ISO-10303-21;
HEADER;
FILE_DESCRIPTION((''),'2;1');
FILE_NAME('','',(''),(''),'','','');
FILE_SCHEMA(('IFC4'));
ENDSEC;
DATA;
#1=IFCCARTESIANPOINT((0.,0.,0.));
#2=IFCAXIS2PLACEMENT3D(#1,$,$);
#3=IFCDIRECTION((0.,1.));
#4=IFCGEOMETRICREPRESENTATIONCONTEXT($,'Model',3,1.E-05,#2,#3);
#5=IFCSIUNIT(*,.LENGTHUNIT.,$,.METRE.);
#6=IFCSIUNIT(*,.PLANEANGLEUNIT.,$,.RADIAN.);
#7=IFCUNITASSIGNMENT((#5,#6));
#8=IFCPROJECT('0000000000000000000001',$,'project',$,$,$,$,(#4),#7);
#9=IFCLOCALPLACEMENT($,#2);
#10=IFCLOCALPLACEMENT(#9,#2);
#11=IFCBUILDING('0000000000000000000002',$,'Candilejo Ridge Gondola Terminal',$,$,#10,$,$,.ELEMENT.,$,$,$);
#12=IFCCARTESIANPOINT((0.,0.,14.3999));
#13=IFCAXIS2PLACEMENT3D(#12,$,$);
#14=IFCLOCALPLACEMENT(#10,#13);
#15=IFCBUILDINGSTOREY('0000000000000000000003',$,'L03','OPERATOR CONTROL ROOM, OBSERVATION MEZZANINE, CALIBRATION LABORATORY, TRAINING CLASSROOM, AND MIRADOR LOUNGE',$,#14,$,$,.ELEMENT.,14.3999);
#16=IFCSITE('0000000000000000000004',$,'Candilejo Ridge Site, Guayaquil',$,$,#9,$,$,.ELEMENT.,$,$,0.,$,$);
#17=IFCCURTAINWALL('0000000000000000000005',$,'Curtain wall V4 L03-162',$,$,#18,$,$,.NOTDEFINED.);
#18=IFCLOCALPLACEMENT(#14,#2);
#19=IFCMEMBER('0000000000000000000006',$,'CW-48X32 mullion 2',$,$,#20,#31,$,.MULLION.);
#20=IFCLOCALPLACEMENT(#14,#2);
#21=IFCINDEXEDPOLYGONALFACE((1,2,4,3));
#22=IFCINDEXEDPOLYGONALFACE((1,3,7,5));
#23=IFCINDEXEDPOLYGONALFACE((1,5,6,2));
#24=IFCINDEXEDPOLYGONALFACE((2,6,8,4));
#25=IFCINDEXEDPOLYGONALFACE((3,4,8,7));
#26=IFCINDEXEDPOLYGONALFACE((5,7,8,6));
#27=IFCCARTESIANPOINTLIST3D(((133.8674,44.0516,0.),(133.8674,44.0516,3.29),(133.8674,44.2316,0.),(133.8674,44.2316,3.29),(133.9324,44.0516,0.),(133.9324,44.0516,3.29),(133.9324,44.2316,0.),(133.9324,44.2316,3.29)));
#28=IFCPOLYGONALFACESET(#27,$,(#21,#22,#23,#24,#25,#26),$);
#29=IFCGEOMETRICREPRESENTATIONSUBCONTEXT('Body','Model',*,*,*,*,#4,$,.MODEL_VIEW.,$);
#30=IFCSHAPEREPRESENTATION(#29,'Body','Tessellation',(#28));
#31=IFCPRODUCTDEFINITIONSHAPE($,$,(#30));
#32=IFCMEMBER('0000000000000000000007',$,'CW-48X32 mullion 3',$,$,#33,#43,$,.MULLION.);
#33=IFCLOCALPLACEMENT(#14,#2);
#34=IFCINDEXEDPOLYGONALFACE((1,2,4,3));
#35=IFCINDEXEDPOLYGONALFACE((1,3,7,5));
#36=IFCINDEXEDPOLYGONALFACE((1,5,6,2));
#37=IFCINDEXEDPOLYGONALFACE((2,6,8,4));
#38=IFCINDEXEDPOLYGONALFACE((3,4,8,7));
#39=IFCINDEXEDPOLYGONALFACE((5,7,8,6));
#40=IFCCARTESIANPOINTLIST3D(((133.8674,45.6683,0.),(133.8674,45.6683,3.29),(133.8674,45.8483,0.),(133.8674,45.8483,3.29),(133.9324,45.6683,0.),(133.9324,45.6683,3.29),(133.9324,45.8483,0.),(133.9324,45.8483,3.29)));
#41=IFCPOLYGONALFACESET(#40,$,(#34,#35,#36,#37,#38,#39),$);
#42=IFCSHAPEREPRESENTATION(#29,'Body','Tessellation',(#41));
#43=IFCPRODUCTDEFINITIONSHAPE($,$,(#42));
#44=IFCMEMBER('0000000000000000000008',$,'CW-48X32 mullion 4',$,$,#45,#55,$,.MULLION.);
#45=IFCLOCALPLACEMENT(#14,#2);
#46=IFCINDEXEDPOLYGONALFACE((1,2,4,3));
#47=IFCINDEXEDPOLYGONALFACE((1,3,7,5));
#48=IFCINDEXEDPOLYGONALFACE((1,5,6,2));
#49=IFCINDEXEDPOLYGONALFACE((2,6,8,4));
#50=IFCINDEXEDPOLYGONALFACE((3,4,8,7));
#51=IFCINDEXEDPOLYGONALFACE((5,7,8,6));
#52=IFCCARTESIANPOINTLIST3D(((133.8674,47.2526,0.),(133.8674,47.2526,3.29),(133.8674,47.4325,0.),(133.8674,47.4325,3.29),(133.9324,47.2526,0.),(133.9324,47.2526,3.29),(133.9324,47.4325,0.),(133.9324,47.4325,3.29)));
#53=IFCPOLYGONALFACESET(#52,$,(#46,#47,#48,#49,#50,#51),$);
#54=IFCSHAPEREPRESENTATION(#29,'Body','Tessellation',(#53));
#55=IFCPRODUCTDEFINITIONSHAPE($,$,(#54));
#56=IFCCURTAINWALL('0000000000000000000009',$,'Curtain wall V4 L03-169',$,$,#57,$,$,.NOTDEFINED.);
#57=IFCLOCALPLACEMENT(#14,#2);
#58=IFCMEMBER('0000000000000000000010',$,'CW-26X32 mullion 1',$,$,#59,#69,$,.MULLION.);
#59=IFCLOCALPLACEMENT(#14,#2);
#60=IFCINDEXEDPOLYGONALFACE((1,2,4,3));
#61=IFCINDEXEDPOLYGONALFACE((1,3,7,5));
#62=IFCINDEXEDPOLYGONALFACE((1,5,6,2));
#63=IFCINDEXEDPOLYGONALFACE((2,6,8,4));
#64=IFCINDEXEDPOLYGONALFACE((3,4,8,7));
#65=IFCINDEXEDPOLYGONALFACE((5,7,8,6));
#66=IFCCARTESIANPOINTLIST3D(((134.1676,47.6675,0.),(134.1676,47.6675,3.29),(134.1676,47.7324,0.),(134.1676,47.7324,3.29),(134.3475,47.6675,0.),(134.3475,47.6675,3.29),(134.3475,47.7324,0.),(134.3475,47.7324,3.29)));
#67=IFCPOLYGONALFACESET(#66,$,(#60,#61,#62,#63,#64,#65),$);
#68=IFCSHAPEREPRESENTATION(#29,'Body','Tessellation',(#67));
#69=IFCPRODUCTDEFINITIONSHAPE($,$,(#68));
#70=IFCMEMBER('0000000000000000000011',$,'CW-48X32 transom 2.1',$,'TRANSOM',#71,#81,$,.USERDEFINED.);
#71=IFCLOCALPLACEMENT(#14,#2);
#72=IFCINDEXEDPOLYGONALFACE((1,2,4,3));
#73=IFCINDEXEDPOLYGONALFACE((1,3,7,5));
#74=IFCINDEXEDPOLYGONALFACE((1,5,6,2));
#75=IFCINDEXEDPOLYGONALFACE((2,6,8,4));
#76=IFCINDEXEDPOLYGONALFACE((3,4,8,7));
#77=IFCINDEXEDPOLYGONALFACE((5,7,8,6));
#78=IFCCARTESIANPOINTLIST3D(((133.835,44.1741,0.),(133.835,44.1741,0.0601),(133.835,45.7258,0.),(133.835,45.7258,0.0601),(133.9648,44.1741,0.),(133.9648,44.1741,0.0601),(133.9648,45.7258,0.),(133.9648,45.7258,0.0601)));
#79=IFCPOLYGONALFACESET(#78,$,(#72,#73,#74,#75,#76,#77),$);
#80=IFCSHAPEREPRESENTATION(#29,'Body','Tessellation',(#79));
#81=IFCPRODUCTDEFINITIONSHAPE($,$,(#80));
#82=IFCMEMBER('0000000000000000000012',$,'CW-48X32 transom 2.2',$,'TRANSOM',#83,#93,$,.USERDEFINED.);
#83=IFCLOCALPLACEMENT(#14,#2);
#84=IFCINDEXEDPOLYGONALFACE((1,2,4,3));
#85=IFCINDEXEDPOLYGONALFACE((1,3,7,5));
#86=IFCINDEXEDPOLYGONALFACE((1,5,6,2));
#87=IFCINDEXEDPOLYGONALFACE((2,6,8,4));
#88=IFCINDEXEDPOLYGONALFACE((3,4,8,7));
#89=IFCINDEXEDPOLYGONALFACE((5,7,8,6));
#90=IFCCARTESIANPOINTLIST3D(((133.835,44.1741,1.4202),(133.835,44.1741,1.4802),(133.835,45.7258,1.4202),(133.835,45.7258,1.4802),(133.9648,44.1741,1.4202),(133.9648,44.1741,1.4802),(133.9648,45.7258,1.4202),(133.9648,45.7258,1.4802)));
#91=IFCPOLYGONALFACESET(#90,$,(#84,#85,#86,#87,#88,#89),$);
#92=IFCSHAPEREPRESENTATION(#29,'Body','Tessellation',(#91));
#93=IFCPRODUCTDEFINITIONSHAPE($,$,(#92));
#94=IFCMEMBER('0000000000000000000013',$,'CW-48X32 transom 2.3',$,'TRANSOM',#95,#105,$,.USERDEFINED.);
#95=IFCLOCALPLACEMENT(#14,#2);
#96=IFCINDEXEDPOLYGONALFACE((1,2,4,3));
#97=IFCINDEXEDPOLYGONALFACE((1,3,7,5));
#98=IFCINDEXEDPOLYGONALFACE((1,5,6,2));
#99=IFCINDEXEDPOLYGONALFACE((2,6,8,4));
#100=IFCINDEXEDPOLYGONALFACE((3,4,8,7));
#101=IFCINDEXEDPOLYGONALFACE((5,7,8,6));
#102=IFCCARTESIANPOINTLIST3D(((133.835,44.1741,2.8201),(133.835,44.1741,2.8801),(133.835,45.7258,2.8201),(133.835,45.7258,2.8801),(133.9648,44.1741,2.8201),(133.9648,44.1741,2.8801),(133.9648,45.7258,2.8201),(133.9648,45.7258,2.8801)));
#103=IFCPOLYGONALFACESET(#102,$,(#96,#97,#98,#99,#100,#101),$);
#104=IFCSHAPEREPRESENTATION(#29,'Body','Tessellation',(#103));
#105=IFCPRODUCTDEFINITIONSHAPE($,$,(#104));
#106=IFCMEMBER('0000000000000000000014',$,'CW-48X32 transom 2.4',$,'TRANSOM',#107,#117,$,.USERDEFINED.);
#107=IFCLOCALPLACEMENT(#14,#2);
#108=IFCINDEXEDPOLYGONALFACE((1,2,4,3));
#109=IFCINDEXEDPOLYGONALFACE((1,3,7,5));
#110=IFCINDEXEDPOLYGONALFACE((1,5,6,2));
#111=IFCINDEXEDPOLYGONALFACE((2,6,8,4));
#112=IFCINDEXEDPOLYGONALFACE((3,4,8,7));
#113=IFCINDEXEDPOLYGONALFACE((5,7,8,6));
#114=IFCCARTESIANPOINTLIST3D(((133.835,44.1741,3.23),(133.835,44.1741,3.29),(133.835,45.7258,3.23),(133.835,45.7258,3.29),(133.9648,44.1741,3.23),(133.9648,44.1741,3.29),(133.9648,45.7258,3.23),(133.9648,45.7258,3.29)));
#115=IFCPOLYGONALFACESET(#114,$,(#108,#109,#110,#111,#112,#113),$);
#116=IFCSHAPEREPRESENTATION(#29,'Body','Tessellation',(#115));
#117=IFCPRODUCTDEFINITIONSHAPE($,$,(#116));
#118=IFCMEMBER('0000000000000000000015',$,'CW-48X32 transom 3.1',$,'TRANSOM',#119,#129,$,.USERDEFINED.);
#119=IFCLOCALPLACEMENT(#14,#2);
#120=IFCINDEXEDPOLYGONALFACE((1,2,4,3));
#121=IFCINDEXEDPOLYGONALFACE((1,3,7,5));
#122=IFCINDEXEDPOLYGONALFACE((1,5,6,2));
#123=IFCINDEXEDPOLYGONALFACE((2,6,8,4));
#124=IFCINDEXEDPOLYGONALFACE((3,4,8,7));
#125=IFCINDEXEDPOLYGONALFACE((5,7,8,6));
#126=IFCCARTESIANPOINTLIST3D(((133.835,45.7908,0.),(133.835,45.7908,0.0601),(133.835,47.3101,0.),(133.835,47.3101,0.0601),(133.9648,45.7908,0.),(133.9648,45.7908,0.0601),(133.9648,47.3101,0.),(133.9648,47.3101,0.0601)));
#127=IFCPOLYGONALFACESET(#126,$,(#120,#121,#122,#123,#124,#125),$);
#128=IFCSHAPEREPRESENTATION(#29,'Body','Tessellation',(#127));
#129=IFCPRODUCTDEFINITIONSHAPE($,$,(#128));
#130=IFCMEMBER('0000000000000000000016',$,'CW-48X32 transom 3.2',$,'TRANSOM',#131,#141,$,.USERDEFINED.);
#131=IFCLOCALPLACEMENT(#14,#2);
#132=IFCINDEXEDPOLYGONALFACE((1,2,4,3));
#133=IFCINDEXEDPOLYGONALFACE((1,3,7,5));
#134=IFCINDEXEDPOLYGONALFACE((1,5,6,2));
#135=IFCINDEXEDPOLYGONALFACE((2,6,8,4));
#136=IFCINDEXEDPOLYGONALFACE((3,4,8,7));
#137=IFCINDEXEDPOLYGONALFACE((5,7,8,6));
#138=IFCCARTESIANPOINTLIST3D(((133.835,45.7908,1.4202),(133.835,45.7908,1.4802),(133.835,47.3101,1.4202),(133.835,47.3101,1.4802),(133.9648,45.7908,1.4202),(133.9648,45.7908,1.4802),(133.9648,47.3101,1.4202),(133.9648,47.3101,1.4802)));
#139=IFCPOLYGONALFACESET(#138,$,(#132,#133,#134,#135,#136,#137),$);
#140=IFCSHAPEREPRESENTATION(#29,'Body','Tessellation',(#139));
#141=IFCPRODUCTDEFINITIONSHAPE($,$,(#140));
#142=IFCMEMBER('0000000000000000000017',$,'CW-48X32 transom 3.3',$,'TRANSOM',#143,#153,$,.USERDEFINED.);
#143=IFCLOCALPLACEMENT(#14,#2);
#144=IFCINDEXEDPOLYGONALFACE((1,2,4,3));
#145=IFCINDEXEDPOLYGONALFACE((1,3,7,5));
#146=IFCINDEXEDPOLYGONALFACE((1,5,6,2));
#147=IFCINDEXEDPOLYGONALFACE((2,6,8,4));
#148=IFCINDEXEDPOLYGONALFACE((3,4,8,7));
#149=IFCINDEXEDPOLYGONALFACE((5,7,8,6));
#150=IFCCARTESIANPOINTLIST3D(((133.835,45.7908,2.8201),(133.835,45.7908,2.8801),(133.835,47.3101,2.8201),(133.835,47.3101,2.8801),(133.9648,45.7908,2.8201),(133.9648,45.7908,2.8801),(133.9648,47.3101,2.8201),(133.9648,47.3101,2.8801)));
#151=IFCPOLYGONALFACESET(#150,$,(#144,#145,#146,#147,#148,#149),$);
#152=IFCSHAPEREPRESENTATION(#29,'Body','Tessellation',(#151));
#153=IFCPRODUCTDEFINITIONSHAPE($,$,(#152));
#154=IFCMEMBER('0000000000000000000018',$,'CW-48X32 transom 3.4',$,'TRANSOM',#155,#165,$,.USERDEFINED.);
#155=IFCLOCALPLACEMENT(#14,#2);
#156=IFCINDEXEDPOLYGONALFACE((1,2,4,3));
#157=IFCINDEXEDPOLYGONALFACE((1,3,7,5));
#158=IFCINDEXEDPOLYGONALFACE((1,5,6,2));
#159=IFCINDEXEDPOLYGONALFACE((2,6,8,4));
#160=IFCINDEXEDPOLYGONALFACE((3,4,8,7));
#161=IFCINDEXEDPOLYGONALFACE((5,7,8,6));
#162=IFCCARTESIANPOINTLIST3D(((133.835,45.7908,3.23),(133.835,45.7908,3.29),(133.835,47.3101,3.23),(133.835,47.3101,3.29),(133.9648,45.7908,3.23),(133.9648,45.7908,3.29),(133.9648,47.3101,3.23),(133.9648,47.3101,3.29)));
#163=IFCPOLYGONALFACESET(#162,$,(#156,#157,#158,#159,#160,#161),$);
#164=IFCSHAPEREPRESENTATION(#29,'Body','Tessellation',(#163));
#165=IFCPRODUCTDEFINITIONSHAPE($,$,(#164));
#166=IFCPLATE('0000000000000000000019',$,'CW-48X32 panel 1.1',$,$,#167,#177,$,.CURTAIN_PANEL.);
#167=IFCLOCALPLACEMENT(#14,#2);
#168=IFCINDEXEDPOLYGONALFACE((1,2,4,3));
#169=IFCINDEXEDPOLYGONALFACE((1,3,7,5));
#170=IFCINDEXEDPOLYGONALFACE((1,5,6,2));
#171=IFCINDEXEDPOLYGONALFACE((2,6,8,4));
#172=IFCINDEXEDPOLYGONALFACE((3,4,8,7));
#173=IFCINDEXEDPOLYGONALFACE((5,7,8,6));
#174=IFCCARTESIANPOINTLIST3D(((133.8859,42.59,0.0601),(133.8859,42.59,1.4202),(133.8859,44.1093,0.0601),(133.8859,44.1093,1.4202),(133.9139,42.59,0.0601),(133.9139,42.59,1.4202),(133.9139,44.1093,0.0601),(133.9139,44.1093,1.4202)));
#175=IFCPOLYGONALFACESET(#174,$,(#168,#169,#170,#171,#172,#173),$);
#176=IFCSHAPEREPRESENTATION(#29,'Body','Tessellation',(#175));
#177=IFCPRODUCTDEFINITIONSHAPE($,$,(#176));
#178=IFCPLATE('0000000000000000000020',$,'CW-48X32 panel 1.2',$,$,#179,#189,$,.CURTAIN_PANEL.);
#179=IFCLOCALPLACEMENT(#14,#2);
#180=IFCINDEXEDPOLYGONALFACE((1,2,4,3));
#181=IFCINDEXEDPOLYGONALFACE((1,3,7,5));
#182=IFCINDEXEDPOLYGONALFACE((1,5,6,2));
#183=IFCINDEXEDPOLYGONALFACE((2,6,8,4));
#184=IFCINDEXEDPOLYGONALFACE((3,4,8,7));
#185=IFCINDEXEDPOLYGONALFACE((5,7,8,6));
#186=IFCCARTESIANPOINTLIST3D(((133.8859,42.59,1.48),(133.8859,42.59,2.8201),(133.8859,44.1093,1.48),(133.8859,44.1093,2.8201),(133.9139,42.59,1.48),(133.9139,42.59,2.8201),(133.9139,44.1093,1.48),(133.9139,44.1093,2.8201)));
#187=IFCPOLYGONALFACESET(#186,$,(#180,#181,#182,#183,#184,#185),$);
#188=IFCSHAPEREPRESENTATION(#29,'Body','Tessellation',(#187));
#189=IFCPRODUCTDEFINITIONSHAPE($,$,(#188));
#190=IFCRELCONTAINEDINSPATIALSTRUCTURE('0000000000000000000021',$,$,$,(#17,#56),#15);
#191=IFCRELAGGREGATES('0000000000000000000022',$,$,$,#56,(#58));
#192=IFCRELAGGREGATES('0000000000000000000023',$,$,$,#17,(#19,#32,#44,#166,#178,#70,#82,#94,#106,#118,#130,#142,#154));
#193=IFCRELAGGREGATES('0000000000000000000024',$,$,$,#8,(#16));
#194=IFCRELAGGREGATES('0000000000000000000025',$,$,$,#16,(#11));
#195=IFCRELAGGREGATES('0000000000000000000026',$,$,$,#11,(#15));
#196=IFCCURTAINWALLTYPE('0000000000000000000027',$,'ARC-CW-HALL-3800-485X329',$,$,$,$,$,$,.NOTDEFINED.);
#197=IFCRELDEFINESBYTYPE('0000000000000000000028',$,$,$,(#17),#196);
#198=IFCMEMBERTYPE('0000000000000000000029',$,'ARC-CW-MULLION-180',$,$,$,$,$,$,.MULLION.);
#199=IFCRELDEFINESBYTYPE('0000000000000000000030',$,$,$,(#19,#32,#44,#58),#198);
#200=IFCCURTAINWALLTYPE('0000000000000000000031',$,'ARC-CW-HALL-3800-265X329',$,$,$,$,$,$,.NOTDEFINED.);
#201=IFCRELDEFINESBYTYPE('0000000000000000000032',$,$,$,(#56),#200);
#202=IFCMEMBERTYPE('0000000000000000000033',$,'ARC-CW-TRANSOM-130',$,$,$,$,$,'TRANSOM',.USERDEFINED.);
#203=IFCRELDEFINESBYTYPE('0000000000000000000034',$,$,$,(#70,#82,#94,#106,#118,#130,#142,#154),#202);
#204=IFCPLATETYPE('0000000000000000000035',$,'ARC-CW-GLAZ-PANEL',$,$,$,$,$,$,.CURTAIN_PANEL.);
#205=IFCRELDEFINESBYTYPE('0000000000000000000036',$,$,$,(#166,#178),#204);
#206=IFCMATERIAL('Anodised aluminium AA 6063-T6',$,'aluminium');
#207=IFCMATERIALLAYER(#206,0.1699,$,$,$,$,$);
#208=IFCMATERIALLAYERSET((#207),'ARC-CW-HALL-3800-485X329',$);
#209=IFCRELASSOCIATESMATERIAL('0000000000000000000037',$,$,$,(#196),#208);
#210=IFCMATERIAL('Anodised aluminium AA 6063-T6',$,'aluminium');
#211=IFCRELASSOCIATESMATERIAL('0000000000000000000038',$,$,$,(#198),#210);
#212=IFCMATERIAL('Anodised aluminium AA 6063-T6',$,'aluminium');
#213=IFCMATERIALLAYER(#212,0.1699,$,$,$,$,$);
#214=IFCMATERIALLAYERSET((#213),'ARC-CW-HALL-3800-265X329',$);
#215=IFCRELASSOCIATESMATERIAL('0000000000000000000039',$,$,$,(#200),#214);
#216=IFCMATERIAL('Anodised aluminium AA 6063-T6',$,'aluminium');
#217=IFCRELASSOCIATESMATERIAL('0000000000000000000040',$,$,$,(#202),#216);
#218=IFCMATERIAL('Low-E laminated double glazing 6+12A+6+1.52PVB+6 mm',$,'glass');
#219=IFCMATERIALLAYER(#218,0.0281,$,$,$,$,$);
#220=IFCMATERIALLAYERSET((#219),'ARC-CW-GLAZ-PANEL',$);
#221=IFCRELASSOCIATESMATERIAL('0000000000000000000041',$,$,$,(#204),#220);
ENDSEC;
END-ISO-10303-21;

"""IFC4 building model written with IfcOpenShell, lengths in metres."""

from ifc_helpers import new_model, si_unit, direction, frame, origin, origin_2d, place, context, subcontext, project, spatial, rectangle, extrude, material, layer, layer_set, material_profile, profile_set, type_object, element, aggregate, save


model = new_model("IFC4")

# Units and contexts
model_context = context("Model", 3, precision=1e-05, world=origin(), true_north=direction((0.0, 1.0)))
body_context = subcontext(model_context, "Body", "Model", "MODEL_VIEW")
ifc_project = project(units=[si_unit("LENGTHUNIT", "METRE"), si_unit("PLANEANGLEUNIT", "RADIAN")], contexts=[model_context])

# Site, building, storey
site_placement = place(None, origin())
site = spatial("IfcSite", under=ifc_project, at=site_placement, Name="Candilejo Ridge Site, Guayaquil", CompositionType="ELEMENT", RefElevation=0.0)
building_placement = place(site_placement, origin())
building = spatial("IfcBuilding", under=site, at=building_placement, Name="Candilejo Ridge Gondola Terminal", CompositionType="ELEMENT")
storey_placement = place(building_placement, frame((0.0, 0.0, 14.3999)))
storey = spatial("IfcBuildingStorey", under=building, at=storey_placement, Name="L03", Description="OPERATOR CONTROL ROOM, OBSERVATION MEZZANINE, CALIBRATION LABORATORY, TRAINING CLASSROOM, AND MIRADOR LOUNGE", CompositionType="ELEMENT", Elevation=14.3999)

# Curtain wall, members
ifc_material_1 = material(Name="Anodised aluminium AA 6063-T6", Category="aluminium")
ifc_layer_1 = layer(ifc_material_1, 0.1699)
ifc_layer_set_1 = layer_set([ifc_layer_1], Name="ARC-CW-HALL-3800-485X329")
curtain_wall_type_1 = type_object("IfcCurtainWallType", Name="ARC-CW-HALL-3800-485X329", PredefinedType="NOTDEFINED", material=ifc_layer_set_1)
curtain_wall_1_placement = place(storey_placement, origin())
curtain_wall_1 = element("IfcCurtainWall", 1, at=curtain_wall_1_placement, inside=storey, type_object=curtain_wall_type_1, Name="Curtain wall V4 L03-162", PredefinedType="NOTDEFINED")
ifc_material_2 = material(Name="Anodised aluminium AA 6063-T6", Category="aluminium")
ifc_material_profile_1 = material_profile(ifc_material_2, rectangle(XDim=0.0649, YDim=0.1799, at=origin_2d()))
ifc_profile_set_1 = profile_set([ifc_material_profile_1], Name="Anodised aluminium AA 6063-T6")
member_type_1 = type_object("IfcMemberType", Name="ARC-CW-MULLION-180", PredefinedType="MULLION", material=ifc_profile_set_1)
member_1_placement = place(storey_placement, frame((133.8999, 44.1416, 0.0), z_axis=(0.0, 0.0, 1.0), x_axis=(-1.0, 0.0, 0.0)))
member_1 = element("IfcMember", 2, at=member_1_placement, type_object=member_type_1, Name="CW-48X32 mullion 2", PredefinedType="MULLION", context=body_context, shape_type="SweptSolid", body=[
    extrude(rectangle(XDim=0.0649, YDim=0.1799, at=origin_2d()), origin(), (0.0, 0.0, 1.0), 3.29),
])
member_2_placement = place(storey_placement, frame((133.8999, 45.7583, 0.0), z_axis=(0.0, 0.0, 1.0), x_axis=(-1.0, 0.0, 0.0)))
member_2 = element("IfcMember", 3, at=member_2_placement, type_object=member_type_1, Name="CW-48X32 mullion 3", PredefinedType="MULLION", context=body_context, shape_type="SweptSolid", body=[
    extrude(rectangle(XDim=0.0649, YDim=0.1799, at=origin_2d()), origin(), (0.0, 0.0, 1.0), 3.29),
])
member_3_placement = place(storey_placement, frame((133.8999, 47.3425, 0.0), z_axis=(0.0, 0.0, 1.0), x_axis=(-1.0, 0.0, 0.0)))
member_3 = element("IfcMember", 4, at=member_3_placement, type_object=member_type_1, Name="CW-48X32 mullion 4", PredefinedType="MULLION", context=body_context, shape_type="SweptSolid", body=[
    extrude(rectangle(XDim=0.0649, YDim=0.1799, at=origin_2d()), origin(), (0.0, 0.0, 1.0), 3.29),
])

# Curtain wall, member
ifc_material_3 = material(Name="Anodised aluminium AA 6063-T6", Category="aluminium")
ifc_layer_2 = layer(ifc_material_3, 0.1699)
ifc_layer_set_2 = layer_set([ifc_layer_2], Name="ARC-CW-HALL-3800-265X329")
curtain_wall_type_2 = type_object("IfcCurtainWallType", Name="ARC-CW-HALL-3800-265X329", PredefinedType="NOTDEFINED", material=ifc_layer_set_2)
curtain_wall_2_placement = place(storey_placement, origin())
curtain_wall_2 = element("IfcCurtainWall", 5, at=curtain_wall_2_placement, inside=storey, type_object=curtain_wall_type_2, Name="Curtain wall V4 L03-169", PredefinedType="NOTDEFINED")
member_4_placement = place(storey_placement, frame((134.2576, 47.7, 0.0), z_axis=(0.0, 0.0, 1.0), x_axis=(0.0, 1.0, 0.0)))
member_4 = element("IfcMember", 6, at=member_4_placement, type_object=member_type_1, Name="CW-26X32 mullion 1", PredefinedType="MULLION", context=body_context, shape_type="SweptSolid", body=[
    extrude(rectangle(XDim=0.0649, YDim=0.1799, at=origin_2d()), origin(), (0.0, 0.0, 1.0), 3.29),
])
aggregate(curtain_wall_2, [member_4])

# Members
ifc_material_4 = material(Name="Anodised aluminium AA 6063-T6", Category="aluminium")
ifc_material_profile_2 = material_profile(ifc_material_4, rectangle(XDim=0.1299, YDim=0.0601, at=origin_2d()))
ifc_profile_set_2 = profile_set([ifc_material_profile_2], Name="Anodised aluminium AA 6063-T6")
member_type_2 = type_object("IfcMemberType", Name="ARC-CW-TRANSOM-130", ElementType="TRANSOM", PredefinedType="USERDEFINED", material=ifc_profile_set_2)
member_5_placement = place(storey_placement, frame((133.8999, 44.1741, 0.03), z_axis=(0.0, 1.0, 0.0), x_axis=(-1.0, 0.0, 0.0)))
member_5 = element("IfcMember", 7, at=member_5_placement, type_object=member_type_2, Name="CW-48X32 transom 2.1", ObjectType="TRANSOM", PredefinedType="USERDEFINED", context=body_context, shape_type="SweptSolid", body=[
    extrude(rectangle(XDim=0.1299, YDim=0.0601, at=origin_2d()), origin(), (0.0, 0.0, 1.0), 1.5518),
])
member_6_placement = place(storey_placement, frame((133.8999, 44.1741, 1.4502), z_axis=(0.0, 1.0, 0.0), x_axis=(-1.0, 0.0, 0.0)))
member_6 = element("IfcMember", 8, at=member_6_placement, type_object=member_type_2, Name="CW-48X32 transom 2.2", ObjectType="TRANSOM", PredefinedType="USERDEFINED", context=body_context, shape_type="SweptSolid", body=[
    extrude(rectangle(XDim=0.1299, YDim=0.0601, at=origin_2d()), origin(), (0.0, 0.0, 1.0), 1.5518),
])
member_7_placement = place(storey_placement, frame((133.8999, 44.1741, 2.8501), z_axis=(0.0, 1.0, 0.0), x_axis=(-1.0, 0.0, 0.0)))
member_7 = element("IfcMember", 9, at=member_7_placement, type_object=member_type_2, Name="CW-48X32 transom 2.3", ObjectType="TRANSOM", PredefinedType="USERDEFINED", context=body_context, shape_type="SweptSolid", body=[
    extrude(rectangle(XDim=0.1299, YDim=0.0601, at=origin_2d()), origin(), (0.0, 0.0, 1.0), 1.5518),
])
member_8_placement = place(storey_placement, frame((133.8999, 44.1741, 3.26), z_axis=(0.0, 1.0, 0.0), x_axis=(-1.0, 0.0, 0.0)))
member_8 = element("IfcMember", 10, at=member_8_placement, type_object=member_type_2, Name="CW-48X32 transom 2.4", ObjectType="TRANSOM", PredefinedType="USERDEFINED", context=body_context, shape_type="SweptSolid", body=[
    extrude(rectangle(XDim=0.1299, YDim=0.0601, at=origin_2d()), origin(), (0.0, 0.0, 1.0), 1.5518),
])
member_9_placement = place(storey_placement, frame((133.8999, 45.7908, 0.03), z_axis=(0.0, 1.0, 0.0), x_axis=(-1.0, 0.0, 0.0)))
member_9 = element("IfcMember", 11, at=member_9_placement, type_object=member_type_2, Name="CW-48X32 transom 3.1", ObjectType="TRANSOM", PredefinedType="USERDEFINED", context=body_context, shape_type="SweptSolid", body=[
    extrude(rectangle(XDim=0.1299, YDim=0.0601, at=origin_2d()), origin(), (0.0, 0.0, 1.0), 1.5193),
])
member_10_placement = place(storey_placement, frame((133.8999, 45.7908, 1.4502), z_axis=(0.0, 1.0, 0.0), x_axis=(-1.0, 0.0, 0.0)))
member_10 = element("IfcMember", 12, at=member_10_placement, type_object=member_type_2, Name="CW-48X32 transom 3.2", ObjectType="TRANSOM", PredefinedType="USERDEFINED", context=body_context, shape_type="SweptSolid", body=[
    extrude(rectangle(XDim=0.1299, YDim=0.0601, at=origin_2d()), origin(), (0.0, 0.0, 1.0), 1.5193),
])
member_11_placement = place(storey_placement, frame((133.8999, 45.7908, 2.8501), z_axis=(0.0, 1.0, 0.0), x_axis=(-1.0, 0.0, 0.0)))
member_11 = element("IfcMember", 13, at=member_11_placement, type_object=member_type_2, Name="CW-48X32 transom 3.3", ObjectType="TRANSOM", PredefinedType="USERDEFINED", context=body_context, shape_type="SweptSolid", body=[
    extrude(rectangle(XDim=0.1299, YDim=0.0601, at=origin_2d()), origin(), (0.0, 0.0, 1.0), 1.5193),
])
member_12_placement = place(storey_placement, frame((133.8999, 45.7908, 3.26), z_axis=(0.0, 1.0, 0.0), x_axis=(-1.0, 0.0, 0.0)))
member_12 = element("IfcMember", 14, at=member_12_placement, type_object=member_type_2, Name="CW-48X32 transom 3.4", ObjectType="TRANSOM", PredefinedType="USERDEFINED", context=body_context, shape_type="SweptSolid", body=[
    extrude(rectangle(XDim=0.1299, YDim=0.0601, at=origin_2d()), origin(), (0.0, 0.0, 1.0), 1.5193),
])

# Plates
ifc_material_5 = material(Name="Low-E laminated double glazing 6+12A+6+1.52PVB+6 mm", Category="glass")
ifc_layer_3 = layer(ifc_material_5, 0.0281)
ifc_layer_set_3 = layer_set([ifc_layer_3], Name="ARC-CW-GLAZ-PANEL")
plate_type = type_object("IfcPlateType", Name="ARC-CW-GLAZ-PANEL", PredefinedType="CURTAIN_PANEL", material=ifc_layer_set_3)
plate_1_placement = place(storey_placement, frame((133.8999, 43.3496, 0.0601), z_axis=(0.0, 0.0, 1.0), x_axis=(0.0, 1.0, 0.0)))
plate_1 = element("IfcPlate", 15, at=plate_1_placement, type_object=plate_type, Name="CW-48X32 panel 1.1", PredefinedType="CURTAIN_PANEL", context=body_context, shape_type="SweptSolid", body=[
    extrude(rectangle(XDim=1.5193, YDim=0.0281, at=origin_2d()), origin(), (0.0, 0.0, 1.0), 1.3601),
])
plate_2_placement = place(storey_placement, frame((133.8999, 43.3496, 1.48), z_axis=(0.0, 0.0, 1.0), x_axis=(0.0, 1.0, 0.0)))
plate_2 = element("IfcPlate", 16, at=plate_2_placement, type_object=plate_type, Name="CW-48X32 panel 1.2", PredefinedType="CURTAIN_PANEL", context=body_context, shape_type="SweptSolid", body=[
    extrude(rectangle(XDim=1.5193, YDim=0.0281, at=origin_2d()), origin(), (0.0, 0.0, 1.0), 1.3401),
])
aggregate(curtain_wall_1, [member_1, member_2, member_3, plate_1, plate_2, member_5, member_6, member_7, member_8, member_9, member_10, member_11, member_12])

save(model, "model.ifc")
